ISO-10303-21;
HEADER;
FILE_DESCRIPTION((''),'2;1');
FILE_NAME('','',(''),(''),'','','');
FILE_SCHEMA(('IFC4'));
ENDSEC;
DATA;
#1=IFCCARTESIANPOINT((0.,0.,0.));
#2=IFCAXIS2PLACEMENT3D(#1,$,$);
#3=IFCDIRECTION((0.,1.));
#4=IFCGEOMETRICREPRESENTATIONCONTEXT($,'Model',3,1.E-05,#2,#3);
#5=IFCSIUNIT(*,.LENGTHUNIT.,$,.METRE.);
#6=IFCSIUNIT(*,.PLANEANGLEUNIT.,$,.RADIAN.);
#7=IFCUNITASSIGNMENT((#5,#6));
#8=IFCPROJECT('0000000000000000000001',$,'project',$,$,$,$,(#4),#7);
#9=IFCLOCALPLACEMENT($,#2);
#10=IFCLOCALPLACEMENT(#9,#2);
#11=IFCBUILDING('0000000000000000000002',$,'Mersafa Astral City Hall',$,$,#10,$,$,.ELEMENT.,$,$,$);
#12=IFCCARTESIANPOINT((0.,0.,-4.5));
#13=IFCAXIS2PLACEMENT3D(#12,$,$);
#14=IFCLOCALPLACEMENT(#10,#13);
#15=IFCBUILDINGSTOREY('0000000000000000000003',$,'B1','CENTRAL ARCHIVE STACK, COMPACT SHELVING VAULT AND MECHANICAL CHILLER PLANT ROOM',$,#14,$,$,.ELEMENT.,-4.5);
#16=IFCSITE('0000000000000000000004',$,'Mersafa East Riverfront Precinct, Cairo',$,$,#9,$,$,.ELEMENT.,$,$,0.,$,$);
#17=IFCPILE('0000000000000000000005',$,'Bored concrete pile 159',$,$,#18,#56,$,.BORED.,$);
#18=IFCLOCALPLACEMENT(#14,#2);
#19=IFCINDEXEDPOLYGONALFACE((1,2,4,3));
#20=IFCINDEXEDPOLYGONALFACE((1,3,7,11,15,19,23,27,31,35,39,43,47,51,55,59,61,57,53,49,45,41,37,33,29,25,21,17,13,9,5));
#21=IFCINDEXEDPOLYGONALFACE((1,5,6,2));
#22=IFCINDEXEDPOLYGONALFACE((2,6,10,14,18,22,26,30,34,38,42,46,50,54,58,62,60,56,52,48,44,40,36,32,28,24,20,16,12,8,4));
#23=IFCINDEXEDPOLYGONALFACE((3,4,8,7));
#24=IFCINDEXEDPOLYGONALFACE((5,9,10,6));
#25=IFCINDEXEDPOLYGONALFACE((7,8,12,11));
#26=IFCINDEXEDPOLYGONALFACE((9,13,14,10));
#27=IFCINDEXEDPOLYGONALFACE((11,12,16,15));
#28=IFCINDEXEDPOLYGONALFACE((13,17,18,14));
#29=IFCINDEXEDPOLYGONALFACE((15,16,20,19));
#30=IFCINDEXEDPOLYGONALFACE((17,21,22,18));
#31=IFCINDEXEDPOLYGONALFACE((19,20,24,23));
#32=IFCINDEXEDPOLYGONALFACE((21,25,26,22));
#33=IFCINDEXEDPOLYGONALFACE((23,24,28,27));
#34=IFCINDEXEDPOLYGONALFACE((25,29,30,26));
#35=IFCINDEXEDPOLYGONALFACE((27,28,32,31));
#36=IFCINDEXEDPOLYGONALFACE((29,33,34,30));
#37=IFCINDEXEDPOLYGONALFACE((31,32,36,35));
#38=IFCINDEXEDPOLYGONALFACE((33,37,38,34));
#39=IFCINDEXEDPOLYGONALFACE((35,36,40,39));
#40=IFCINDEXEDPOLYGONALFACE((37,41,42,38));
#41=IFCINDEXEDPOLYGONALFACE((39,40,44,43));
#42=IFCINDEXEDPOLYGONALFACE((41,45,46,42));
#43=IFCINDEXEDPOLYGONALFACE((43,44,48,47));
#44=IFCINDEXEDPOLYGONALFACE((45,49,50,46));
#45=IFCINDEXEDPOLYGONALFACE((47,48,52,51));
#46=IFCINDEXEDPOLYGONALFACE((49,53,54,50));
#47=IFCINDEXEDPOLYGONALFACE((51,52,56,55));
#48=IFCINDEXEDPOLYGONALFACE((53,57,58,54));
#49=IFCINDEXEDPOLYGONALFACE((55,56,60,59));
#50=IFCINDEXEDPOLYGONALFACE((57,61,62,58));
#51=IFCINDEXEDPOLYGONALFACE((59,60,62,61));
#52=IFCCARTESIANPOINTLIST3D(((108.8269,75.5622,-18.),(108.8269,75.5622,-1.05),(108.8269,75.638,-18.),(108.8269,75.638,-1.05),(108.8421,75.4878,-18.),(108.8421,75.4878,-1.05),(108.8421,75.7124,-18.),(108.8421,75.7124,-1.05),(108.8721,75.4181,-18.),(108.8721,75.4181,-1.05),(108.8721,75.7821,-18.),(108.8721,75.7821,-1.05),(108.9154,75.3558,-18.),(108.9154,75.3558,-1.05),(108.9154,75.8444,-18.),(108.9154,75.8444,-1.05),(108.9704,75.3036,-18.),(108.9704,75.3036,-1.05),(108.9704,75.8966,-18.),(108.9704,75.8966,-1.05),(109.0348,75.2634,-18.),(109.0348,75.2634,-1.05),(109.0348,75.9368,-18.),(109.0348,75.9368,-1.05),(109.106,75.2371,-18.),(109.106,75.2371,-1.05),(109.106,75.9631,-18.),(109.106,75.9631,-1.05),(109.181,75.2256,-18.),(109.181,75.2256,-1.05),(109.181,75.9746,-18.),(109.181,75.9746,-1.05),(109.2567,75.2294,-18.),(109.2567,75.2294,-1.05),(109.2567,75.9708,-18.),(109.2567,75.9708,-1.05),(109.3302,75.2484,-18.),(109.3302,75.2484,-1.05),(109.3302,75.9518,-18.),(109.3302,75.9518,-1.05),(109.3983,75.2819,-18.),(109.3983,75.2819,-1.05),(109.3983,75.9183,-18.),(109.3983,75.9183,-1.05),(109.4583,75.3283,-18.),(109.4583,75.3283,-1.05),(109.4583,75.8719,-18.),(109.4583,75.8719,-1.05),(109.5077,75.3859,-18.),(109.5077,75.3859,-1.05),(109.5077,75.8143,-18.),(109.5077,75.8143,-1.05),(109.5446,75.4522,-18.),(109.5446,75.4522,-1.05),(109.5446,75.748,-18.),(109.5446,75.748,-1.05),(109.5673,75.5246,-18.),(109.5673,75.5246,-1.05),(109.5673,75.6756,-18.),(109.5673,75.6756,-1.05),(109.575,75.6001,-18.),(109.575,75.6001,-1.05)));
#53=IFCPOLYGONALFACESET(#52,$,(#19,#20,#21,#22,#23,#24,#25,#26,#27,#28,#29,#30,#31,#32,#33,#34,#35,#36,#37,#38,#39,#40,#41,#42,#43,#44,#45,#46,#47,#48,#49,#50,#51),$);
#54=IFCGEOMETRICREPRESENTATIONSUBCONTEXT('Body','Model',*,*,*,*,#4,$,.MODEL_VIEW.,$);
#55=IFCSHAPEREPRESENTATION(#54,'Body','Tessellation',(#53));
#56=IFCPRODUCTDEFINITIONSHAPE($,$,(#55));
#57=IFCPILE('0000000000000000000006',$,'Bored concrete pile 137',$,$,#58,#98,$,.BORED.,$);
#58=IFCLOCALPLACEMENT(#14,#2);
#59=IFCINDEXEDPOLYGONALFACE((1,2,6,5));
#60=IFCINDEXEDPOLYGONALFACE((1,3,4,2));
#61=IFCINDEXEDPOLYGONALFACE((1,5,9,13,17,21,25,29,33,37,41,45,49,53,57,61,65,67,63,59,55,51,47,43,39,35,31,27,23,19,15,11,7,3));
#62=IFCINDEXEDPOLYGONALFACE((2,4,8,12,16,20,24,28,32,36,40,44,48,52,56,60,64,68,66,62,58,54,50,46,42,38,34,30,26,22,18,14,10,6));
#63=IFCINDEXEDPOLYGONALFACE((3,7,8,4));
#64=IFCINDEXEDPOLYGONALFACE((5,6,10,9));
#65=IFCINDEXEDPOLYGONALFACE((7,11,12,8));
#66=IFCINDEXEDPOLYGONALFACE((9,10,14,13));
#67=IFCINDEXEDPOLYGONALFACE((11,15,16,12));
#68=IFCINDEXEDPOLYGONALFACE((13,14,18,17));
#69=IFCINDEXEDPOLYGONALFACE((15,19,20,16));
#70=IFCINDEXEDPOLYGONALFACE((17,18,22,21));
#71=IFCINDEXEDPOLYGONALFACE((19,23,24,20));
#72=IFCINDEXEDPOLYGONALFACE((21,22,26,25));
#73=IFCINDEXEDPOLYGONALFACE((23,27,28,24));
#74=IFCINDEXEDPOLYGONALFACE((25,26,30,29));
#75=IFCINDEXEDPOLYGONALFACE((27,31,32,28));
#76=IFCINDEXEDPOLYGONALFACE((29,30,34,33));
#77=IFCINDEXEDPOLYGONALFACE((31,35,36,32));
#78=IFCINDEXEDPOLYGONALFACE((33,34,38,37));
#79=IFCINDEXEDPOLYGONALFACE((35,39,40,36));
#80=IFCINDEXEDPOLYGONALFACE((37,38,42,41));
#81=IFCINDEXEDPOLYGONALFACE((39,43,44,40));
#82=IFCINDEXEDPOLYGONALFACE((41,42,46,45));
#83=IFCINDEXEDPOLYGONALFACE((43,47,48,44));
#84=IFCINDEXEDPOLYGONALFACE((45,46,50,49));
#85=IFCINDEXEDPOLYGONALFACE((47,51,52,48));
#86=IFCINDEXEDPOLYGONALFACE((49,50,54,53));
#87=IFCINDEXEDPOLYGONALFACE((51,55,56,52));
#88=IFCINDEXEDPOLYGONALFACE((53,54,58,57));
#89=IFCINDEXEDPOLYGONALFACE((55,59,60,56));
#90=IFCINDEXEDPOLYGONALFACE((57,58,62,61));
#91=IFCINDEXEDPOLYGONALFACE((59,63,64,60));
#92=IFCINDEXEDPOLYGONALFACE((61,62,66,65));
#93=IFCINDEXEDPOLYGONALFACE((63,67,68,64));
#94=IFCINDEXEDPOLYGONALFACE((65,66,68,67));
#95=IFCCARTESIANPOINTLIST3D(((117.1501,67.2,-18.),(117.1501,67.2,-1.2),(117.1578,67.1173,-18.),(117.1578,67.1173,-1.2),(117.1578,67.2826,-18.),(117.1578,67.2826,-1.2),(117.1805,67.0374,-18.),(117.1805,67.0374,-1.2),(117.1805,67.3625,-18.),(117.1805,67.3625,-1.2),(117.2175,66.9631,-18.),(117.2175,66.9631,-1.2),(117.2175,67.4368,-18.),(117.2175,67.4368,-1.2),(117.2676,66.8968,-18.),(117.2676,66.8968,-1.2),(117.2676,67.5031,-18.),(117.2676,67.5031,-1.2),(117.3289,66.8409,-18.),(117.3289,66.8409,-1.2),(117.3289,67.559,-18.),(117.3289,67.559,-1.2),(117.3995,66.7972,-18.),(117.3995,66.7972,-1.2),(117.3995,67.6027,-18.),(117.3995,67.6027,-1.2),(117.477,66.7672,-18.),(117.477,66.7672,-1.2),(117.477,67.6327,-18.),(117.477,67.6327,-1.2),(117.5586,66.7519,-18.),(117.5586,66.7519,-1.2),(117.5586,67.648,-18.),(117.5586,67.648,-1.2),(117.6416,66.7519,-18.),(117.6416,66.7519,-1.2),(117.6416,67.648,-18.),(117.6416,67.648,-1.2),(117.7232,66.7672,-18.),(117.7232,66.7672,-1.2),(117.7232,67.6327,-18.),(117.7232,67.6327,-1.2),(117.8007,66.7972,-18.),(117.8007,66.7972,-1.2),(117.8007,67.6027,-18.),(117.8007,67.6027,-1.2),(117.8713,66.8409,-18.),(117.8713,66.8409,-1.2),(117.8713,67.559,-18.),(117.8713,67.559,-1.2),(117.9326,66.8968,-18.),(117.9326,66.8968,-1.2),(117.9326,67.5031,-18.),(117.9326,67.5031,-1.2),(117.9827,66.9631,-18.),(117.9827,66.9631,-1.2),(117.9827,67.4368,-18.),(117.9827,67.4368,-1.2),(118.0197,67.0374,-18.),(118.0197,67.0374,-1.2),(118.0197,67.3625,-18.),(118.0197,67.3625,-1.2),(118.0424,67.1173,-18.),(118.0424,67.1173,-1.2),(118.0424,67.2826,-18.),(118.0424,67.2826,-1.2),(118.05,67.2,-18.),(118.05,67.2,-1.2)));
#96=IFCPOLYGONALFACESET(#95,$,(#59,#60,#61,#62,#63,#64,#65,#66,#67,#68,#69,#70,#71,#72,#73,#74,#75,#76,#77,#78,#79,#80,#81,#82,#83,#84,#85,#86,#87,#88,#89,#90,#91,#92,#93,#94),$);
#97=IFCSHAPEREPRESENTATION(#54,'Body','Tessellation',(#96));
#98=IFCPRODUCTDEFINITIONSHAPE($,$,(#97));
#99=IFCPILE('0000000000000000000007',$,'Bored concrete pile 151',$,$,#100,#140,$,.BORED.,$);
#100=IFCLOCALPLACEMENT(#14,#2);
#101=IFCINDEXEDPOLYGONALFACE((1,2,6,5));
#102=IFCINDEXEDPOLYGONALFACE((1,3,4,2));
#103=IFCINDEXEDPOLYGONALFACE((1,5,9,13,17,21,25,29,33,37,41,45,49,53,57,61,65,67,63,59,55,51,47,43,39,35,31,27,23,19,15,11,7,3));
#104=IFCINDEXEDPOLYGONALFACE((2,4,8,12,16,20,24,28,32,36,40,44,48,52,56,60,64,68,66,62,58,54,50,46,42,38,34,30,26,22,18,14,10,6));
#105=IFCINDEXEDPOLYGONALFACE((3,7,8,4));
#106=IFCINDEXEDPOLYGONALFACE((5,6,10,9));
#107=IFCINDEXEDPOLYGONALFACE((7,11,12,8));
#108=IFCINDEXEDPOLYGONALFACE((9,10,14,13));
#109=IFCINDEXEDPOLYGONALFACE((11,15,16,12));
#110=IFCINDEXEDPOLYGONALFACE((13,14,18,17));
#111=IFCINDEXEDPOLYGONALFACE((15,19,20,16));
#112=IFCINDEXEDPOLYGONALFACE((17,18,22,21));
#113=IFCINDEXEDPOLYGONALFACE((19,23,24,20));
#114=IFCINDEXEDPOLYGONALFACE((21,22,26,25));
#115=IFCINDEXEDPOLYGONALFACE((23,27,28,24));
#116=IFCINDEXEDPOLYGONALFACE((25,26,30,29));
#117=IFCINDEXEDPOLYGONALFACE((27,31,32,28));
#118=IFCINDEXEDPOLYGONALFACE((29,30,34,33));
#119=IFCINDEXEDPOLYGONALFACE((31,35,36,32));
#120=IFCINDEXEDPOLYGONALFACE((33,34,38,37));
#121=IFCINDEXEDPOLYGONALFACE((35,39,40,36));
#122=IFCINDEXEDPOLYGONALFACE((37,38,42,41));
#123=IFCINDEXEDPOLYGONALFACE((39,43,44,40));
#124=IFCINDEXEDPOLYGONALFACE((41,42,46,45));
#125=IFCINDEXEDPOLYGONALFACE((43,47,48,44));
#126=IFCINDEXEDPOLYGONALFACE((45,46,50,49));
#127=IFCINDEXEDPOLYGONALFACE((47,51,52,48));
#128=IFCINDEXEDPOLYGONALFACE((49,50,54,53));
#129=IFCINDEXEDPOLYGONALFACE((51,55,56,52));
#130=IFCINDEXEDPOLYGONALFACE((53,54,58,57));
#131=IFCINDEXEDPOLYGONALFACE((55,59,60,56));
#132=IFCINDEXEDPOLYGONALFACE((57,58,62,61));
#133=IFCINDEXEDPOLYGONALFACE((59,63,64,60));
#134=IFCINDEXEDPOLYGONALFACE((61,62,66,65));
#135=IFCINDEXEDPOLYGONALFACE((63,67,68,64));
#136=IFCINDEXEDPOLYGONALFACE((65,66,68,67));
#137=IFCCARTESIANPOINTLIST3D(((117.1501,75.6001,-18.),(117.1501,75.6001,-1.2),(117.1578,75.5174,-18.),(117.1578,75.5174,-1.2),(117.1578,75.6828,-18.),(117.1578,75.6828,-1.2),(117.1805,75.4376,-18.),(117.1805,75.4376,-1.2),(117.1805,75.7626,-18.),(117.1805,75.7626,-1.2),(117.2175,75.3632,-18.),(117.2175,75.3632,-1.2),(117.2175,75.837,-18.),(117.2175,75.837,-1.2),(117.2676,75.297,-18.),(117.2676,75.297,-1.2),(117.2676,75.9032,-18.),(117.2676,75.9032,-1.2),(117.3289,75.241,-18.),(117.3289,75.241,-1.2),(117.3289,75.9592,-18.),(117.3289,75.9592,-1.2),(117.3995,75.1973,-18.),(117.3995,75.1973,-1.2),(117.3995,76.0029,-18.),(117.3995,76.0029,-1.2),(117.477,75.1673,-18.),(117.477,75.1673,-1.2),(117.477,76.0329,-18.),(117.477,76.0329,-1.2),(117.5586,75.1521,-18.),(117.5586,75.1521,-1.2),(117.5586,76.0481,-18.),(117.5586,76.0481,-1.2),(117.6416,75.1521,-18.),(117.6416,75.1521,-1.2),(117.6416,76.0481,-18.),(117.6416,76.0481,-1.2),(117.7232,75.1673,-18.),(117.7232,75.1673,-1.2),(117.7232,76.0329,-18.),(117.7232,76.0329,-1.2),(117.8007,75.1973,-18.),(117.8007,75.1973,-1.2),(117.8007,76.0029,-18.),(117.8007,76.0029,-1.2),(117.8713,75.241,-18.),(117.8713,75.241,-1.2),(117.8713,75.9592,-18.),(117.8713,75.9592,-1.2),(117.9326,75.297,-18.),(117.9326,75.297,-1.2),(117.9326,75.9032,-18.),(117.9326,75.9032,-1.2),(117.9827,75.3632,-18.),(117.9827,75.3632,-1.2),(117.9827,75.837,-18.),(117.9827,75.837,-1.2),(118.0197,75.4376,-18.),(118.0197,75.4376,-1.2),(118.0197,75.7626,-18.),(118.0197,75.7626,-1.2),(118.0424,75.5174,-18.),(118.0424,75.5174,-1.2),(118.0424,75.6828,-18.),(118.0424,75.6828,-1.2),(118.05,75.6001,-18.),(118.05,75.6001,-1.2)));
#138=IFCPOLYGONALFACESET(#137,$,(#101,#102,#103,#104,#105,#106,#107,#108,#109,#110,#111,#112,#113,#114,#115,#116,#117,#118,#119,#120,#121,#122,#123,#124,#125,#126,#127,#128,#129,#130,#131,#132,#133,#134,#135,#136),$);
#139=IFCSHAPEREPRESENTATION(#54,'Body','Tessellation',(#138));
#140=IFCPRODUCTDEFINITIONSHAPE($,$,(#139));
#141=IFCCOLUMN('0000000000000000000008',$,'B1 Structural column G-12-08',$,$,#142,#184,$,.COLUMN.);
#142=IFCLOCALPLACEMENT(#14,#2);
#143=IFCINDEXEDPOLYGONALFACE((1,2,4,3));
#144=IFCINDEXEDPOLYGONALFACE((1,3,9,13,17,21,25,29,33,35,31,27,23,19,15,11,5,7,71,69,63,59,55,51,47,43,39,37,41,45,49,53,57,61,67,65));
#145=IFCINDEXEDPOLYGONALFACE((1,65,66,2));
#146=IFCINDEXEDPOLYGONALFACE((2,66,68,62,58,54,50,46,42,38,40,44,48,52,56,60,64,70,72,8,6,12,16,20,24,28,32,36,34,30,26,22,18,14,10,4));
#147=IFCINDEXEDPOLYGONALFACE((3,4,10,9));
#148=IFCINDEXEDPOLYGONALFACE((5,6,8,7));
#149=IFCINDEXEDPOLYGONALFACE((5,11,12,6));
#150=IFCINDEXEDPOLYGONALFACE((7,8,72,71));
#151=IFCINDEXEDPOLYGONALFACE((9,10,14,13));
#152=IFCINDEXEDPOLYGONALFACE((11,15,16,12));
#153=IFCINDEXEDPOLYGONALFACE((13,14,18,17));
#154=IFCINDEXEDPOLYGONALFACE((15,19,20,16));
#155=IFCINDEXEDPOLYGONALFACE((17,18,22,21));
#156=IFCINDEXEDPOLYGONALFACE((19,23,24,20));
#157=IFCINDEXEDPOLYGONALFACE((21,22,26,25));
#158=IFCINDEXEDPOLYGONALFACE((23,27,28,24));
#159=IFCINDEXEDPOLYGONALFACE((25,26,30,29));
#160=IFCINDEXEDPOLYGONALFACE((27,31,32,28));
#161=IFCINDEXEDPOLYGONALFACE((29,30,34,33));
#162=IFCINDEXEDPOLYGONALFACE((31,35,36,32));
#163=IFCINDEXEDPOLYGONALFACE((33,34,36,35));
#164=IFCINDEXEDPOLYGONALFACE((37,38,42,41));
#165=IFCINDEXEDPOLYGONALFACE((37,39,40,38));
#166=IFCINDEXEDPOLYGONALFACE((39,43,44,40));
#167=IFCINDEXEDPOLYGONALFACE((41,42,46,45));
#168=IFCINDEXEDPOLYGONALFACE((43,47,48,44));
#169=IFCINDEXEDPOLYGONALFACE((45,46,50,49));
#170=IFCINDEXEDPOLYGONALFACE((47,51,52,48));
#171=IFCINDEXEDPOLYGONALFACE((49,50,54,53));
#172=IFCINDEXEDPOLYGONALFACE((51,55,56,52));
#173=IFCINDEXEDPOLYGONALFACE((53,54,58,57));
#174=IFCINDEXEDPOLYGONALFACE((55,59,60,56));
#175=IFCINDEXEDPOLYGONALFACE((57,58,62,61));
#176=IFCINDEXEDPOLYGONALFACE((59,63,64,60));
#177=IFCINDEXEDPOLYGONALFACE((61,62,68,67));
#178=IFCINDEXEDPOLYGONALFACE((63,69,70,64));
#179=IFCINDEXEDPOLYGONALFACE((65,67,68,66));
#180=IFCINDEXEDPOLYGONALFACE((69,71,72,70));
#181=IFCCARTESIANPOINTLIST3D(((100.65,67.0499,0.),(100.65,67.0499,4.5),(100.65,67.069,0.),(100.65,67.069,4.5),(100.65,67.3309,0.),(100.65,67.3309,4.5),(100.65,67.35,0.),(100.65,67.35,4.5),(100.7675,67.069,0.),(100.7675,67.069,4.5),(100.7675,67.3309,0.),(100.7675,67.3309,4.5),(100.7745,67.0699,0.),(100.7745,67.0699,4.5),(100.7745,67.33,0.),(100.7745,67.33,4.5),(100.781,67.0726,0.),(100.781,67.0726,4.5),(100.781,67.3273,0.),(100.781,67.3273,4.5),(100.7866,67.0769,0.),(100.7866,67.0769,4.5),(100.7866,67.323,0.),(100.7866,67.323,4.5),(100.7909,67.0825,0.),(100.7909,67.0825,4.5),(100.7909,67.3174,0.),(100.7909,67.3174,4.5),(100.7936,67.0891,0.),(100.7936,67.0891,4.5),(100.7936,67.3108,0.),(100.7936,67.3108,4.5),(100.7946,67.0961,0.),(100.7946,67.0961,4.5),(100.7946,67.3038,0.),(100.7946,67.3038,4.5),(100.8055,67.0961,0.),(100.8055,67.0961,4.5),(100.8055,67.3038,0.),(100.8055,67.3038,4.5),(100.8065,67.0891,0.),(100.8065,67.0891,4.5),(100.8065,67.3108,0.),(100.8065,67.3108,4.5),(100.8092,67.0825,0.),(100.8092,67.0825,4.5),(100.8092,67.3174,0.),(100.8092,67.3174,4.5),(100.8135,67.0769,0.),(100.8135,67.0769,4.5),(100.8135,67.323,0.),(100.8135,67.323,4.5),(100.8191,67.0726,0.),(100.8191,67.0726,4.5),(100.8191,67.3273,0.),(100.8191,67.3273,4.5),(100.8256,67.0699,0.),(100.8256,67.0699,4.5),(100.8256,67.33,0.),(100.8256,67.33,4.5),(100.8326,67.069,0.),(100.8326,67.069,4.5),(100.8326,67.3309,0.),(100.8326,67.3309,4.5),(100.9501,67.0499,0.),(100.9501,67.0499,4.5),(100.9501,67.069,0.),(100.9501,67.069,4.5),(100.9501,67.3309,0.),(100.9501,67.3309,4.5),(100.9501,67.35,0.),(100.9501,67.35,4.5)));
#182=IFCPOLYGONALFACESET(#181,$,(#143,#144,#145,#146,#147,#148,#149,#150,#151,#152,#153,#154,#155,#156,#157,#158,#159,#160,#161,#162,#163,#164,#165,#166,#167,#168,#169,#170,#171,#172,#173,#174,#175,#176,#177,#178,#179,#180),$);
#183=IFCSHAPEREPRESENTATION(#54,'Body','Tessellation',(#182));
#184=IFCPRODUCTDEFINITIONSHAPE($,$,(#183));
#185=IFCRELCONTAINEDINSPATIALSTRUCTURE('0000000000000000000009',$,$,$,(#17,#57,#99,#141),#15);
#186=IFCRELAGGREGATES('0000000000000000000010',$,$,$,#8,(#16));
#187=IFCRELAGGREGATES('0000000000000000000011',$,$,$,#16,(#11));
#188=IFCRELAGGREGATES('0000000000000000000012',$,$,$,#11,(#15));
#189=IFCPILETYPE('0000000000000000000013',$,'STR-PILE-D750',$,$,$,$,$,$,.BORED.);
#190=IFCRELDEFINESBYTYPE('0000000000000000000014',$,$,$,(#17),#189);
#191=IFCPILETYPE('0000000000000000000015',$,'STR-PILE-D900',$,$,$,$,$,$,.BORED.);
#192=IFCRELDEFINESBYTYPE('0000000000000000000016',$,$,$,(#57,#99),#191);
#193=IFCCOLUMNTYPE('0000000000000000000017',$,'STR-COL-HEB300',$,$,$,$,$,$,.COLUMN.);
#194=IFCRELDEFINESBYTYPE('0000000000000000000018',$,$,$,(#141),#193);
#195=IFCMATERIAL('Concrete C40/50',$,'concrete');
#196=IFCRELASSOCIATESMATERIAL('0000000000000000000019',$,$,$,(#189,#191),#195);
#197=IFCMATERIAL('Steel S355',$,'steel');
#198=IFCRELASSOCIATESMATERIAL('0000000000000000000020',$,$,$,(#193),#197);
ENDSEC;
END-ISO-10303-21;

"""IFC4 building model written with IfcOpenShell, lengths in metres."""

from ifc_helpers import new_model, si_unit, direction, frame, origin, origin_2d, place, context, subcontext, project, spatial, circle, i_section, extrude, material, material_profile, profile_set, type_object, element, save


model = new_model("IFC4")

# Units and contexts
model_context = context("Model", 3, precision=1e-05, world=origin(), true_north=direction((0.0, 1.0)))
body_context = subcontext(model_context, "Body", "Model", "MODEL_VIEW")
ifc_project = project(units=[si_unit("LENGTHUNIT", "METRE"), si_unit("PLANEANGLEUNIT", "RADIAN")], contexts=[model_context])

# Site, building, storey
site_placement = place(None, origin())
site = spatial("IfcSite", under=ifc_project, at=site_placement, Name="Mersafa East Riverfront Precinct, Cairo", CompositionType="ELEMENT", RefElevation=0.0)
building_placement = place(site_placement, origin())
building = spatial("IfcBuilding", under=site, at=building_placement, Name="Mersafa Astral City Hall", CompositionType="ELEMENT")
storey_placement = place(building_placement, frame((0.0, 0.0, -4.5)))
storey = spatial("IfcBuildingStorey", under=building, at=storey_placement, Name="B1", Description="CENTRAL ARCHIVE STACK, COMPACT SHELVING VAULT AND MECHANICAL CHILLER PLANT ROOM", CompositionType="ELEMENT", Elevation=-4.5)

# Shared definitions
ifc_material_1 = material(Name="Concrete C40/50", Category="concrete")

# Piles
ifc_material_profile_1 = material_profile(ifc_material_1, circle(Radius=0.375, at=origin_2d()), Name="PILE D750")
ifc_profile_set_1 = profile_set([ifc_material_profile_1], Name="Concrete C40/50")
pile_type_1 = type_object("IfcPileType", Name="STR-PILE-D750", PredefinedType="BORED", material=ifc_profile_set_1)
for number, where, z_axis, x_axis, name in (
    (1, (109.2, 75.6001, -1.05), (0.0, 0.0, -1.0), (1.0, 0.0, 0.0), "Bored concrete pile 159"),
):
    element("IfcPile", number, at=place(storey_placement, frame(where, z_axis=z_axis, x_axis=x_axis)), inside=storey, type_object=pile_type_1, Name=name, PredefinedType="BORED", context=body_context, shape_type="SweptSolid", body=[
        extrude(circle(Radius=0.375, at=origin_2d()), origin(), (0.0, 0.0, 1.0), 16.95),
    ])
ifc_material_profile_2 = material_profile(ifc_material_1, circle(Radius=0.45, at=origin_2d()), Name="PILE D900")
ifc_profile_set_2 = profile_set([ifc_material_profile_2], Name="Concrete C40/50")
pile_type_2 = type_object("IfcPileType", Name="STR-PILE-D900", PredefinedType="BORED", material=ifc_profile_set_2)
for number, where, z_axis, x_axis, name in (
    (2, (117.6001, 67.2, -1.2), (0.0, 0.0, -1.0), (1.0, 0.0, 0.0), "Bored concrete pile 137"),
    (3, (117.6001, 75.6001, -1.2), (0.0, 0.0, -1.0), (1.0, 0.0, 0.0), "Bored concrete pile 151"),
):
    element("IfcPile", number, at=place(storey_placement, frame(where, z_axis=z_axis, x_axis=x_axis)), inside=storey, type_object=pile_type_2, Name=name, PredefinedType="BORED", context=body_context, shape_type="SweptSolid", body=[
        extrude(circle(Radius=0.45, at=origin_2d()), origin(), (0.0, 0.0, 1.0), 16.8),
    ])

# Column
ifc_material_2 = material(Name="Steel S355", Category="steel")
ifc_material_profile_3 = material_profile(ifc_material_2, i_section(OverallWidth=0.3, OverallDepth=0.3, WebThickness=0.011, FlangeThickness=0.019, FilletRadius=0.0271, at=origin_2d()), Name="HEB 300")
ifc_profile_set_3 = profile_set([ifc_material_profile_3], Name="Steel S355")
column_type_1 = type_object("IfcColumnType", Name="STR-COL-HEB300", PredefinedType="COLUMN", material=ifc_profile_set_3)
for number, where, z_axis, x_axis, name in (
    (4, (100.8, 67.2, 0.0), (0.0, 0.0, 1.0), (1.0, 0.0, 0.0), "B1 Structural column G-12-08"),
):
    element("IfcColumn", number, at=place(storey_placement, frame(where, z_axis=z_axis, x_axis=x_axis)), inside=storey, type_object=column_type_1, Name=name, PredefinedType="COLUMN", context=body_context, shape_type="SweptSolid", body=[
        extrude(i_section(OverallWidth=0.3, OverallDepth=0.3, WebThickness=0.011, FlangeThickness=0.019, FilletRadius=0.0271, at=origin_2d()), origin(), (0.0, 0.0, 1.0), 4.5),
    ])

save(model, "model.ifc")
